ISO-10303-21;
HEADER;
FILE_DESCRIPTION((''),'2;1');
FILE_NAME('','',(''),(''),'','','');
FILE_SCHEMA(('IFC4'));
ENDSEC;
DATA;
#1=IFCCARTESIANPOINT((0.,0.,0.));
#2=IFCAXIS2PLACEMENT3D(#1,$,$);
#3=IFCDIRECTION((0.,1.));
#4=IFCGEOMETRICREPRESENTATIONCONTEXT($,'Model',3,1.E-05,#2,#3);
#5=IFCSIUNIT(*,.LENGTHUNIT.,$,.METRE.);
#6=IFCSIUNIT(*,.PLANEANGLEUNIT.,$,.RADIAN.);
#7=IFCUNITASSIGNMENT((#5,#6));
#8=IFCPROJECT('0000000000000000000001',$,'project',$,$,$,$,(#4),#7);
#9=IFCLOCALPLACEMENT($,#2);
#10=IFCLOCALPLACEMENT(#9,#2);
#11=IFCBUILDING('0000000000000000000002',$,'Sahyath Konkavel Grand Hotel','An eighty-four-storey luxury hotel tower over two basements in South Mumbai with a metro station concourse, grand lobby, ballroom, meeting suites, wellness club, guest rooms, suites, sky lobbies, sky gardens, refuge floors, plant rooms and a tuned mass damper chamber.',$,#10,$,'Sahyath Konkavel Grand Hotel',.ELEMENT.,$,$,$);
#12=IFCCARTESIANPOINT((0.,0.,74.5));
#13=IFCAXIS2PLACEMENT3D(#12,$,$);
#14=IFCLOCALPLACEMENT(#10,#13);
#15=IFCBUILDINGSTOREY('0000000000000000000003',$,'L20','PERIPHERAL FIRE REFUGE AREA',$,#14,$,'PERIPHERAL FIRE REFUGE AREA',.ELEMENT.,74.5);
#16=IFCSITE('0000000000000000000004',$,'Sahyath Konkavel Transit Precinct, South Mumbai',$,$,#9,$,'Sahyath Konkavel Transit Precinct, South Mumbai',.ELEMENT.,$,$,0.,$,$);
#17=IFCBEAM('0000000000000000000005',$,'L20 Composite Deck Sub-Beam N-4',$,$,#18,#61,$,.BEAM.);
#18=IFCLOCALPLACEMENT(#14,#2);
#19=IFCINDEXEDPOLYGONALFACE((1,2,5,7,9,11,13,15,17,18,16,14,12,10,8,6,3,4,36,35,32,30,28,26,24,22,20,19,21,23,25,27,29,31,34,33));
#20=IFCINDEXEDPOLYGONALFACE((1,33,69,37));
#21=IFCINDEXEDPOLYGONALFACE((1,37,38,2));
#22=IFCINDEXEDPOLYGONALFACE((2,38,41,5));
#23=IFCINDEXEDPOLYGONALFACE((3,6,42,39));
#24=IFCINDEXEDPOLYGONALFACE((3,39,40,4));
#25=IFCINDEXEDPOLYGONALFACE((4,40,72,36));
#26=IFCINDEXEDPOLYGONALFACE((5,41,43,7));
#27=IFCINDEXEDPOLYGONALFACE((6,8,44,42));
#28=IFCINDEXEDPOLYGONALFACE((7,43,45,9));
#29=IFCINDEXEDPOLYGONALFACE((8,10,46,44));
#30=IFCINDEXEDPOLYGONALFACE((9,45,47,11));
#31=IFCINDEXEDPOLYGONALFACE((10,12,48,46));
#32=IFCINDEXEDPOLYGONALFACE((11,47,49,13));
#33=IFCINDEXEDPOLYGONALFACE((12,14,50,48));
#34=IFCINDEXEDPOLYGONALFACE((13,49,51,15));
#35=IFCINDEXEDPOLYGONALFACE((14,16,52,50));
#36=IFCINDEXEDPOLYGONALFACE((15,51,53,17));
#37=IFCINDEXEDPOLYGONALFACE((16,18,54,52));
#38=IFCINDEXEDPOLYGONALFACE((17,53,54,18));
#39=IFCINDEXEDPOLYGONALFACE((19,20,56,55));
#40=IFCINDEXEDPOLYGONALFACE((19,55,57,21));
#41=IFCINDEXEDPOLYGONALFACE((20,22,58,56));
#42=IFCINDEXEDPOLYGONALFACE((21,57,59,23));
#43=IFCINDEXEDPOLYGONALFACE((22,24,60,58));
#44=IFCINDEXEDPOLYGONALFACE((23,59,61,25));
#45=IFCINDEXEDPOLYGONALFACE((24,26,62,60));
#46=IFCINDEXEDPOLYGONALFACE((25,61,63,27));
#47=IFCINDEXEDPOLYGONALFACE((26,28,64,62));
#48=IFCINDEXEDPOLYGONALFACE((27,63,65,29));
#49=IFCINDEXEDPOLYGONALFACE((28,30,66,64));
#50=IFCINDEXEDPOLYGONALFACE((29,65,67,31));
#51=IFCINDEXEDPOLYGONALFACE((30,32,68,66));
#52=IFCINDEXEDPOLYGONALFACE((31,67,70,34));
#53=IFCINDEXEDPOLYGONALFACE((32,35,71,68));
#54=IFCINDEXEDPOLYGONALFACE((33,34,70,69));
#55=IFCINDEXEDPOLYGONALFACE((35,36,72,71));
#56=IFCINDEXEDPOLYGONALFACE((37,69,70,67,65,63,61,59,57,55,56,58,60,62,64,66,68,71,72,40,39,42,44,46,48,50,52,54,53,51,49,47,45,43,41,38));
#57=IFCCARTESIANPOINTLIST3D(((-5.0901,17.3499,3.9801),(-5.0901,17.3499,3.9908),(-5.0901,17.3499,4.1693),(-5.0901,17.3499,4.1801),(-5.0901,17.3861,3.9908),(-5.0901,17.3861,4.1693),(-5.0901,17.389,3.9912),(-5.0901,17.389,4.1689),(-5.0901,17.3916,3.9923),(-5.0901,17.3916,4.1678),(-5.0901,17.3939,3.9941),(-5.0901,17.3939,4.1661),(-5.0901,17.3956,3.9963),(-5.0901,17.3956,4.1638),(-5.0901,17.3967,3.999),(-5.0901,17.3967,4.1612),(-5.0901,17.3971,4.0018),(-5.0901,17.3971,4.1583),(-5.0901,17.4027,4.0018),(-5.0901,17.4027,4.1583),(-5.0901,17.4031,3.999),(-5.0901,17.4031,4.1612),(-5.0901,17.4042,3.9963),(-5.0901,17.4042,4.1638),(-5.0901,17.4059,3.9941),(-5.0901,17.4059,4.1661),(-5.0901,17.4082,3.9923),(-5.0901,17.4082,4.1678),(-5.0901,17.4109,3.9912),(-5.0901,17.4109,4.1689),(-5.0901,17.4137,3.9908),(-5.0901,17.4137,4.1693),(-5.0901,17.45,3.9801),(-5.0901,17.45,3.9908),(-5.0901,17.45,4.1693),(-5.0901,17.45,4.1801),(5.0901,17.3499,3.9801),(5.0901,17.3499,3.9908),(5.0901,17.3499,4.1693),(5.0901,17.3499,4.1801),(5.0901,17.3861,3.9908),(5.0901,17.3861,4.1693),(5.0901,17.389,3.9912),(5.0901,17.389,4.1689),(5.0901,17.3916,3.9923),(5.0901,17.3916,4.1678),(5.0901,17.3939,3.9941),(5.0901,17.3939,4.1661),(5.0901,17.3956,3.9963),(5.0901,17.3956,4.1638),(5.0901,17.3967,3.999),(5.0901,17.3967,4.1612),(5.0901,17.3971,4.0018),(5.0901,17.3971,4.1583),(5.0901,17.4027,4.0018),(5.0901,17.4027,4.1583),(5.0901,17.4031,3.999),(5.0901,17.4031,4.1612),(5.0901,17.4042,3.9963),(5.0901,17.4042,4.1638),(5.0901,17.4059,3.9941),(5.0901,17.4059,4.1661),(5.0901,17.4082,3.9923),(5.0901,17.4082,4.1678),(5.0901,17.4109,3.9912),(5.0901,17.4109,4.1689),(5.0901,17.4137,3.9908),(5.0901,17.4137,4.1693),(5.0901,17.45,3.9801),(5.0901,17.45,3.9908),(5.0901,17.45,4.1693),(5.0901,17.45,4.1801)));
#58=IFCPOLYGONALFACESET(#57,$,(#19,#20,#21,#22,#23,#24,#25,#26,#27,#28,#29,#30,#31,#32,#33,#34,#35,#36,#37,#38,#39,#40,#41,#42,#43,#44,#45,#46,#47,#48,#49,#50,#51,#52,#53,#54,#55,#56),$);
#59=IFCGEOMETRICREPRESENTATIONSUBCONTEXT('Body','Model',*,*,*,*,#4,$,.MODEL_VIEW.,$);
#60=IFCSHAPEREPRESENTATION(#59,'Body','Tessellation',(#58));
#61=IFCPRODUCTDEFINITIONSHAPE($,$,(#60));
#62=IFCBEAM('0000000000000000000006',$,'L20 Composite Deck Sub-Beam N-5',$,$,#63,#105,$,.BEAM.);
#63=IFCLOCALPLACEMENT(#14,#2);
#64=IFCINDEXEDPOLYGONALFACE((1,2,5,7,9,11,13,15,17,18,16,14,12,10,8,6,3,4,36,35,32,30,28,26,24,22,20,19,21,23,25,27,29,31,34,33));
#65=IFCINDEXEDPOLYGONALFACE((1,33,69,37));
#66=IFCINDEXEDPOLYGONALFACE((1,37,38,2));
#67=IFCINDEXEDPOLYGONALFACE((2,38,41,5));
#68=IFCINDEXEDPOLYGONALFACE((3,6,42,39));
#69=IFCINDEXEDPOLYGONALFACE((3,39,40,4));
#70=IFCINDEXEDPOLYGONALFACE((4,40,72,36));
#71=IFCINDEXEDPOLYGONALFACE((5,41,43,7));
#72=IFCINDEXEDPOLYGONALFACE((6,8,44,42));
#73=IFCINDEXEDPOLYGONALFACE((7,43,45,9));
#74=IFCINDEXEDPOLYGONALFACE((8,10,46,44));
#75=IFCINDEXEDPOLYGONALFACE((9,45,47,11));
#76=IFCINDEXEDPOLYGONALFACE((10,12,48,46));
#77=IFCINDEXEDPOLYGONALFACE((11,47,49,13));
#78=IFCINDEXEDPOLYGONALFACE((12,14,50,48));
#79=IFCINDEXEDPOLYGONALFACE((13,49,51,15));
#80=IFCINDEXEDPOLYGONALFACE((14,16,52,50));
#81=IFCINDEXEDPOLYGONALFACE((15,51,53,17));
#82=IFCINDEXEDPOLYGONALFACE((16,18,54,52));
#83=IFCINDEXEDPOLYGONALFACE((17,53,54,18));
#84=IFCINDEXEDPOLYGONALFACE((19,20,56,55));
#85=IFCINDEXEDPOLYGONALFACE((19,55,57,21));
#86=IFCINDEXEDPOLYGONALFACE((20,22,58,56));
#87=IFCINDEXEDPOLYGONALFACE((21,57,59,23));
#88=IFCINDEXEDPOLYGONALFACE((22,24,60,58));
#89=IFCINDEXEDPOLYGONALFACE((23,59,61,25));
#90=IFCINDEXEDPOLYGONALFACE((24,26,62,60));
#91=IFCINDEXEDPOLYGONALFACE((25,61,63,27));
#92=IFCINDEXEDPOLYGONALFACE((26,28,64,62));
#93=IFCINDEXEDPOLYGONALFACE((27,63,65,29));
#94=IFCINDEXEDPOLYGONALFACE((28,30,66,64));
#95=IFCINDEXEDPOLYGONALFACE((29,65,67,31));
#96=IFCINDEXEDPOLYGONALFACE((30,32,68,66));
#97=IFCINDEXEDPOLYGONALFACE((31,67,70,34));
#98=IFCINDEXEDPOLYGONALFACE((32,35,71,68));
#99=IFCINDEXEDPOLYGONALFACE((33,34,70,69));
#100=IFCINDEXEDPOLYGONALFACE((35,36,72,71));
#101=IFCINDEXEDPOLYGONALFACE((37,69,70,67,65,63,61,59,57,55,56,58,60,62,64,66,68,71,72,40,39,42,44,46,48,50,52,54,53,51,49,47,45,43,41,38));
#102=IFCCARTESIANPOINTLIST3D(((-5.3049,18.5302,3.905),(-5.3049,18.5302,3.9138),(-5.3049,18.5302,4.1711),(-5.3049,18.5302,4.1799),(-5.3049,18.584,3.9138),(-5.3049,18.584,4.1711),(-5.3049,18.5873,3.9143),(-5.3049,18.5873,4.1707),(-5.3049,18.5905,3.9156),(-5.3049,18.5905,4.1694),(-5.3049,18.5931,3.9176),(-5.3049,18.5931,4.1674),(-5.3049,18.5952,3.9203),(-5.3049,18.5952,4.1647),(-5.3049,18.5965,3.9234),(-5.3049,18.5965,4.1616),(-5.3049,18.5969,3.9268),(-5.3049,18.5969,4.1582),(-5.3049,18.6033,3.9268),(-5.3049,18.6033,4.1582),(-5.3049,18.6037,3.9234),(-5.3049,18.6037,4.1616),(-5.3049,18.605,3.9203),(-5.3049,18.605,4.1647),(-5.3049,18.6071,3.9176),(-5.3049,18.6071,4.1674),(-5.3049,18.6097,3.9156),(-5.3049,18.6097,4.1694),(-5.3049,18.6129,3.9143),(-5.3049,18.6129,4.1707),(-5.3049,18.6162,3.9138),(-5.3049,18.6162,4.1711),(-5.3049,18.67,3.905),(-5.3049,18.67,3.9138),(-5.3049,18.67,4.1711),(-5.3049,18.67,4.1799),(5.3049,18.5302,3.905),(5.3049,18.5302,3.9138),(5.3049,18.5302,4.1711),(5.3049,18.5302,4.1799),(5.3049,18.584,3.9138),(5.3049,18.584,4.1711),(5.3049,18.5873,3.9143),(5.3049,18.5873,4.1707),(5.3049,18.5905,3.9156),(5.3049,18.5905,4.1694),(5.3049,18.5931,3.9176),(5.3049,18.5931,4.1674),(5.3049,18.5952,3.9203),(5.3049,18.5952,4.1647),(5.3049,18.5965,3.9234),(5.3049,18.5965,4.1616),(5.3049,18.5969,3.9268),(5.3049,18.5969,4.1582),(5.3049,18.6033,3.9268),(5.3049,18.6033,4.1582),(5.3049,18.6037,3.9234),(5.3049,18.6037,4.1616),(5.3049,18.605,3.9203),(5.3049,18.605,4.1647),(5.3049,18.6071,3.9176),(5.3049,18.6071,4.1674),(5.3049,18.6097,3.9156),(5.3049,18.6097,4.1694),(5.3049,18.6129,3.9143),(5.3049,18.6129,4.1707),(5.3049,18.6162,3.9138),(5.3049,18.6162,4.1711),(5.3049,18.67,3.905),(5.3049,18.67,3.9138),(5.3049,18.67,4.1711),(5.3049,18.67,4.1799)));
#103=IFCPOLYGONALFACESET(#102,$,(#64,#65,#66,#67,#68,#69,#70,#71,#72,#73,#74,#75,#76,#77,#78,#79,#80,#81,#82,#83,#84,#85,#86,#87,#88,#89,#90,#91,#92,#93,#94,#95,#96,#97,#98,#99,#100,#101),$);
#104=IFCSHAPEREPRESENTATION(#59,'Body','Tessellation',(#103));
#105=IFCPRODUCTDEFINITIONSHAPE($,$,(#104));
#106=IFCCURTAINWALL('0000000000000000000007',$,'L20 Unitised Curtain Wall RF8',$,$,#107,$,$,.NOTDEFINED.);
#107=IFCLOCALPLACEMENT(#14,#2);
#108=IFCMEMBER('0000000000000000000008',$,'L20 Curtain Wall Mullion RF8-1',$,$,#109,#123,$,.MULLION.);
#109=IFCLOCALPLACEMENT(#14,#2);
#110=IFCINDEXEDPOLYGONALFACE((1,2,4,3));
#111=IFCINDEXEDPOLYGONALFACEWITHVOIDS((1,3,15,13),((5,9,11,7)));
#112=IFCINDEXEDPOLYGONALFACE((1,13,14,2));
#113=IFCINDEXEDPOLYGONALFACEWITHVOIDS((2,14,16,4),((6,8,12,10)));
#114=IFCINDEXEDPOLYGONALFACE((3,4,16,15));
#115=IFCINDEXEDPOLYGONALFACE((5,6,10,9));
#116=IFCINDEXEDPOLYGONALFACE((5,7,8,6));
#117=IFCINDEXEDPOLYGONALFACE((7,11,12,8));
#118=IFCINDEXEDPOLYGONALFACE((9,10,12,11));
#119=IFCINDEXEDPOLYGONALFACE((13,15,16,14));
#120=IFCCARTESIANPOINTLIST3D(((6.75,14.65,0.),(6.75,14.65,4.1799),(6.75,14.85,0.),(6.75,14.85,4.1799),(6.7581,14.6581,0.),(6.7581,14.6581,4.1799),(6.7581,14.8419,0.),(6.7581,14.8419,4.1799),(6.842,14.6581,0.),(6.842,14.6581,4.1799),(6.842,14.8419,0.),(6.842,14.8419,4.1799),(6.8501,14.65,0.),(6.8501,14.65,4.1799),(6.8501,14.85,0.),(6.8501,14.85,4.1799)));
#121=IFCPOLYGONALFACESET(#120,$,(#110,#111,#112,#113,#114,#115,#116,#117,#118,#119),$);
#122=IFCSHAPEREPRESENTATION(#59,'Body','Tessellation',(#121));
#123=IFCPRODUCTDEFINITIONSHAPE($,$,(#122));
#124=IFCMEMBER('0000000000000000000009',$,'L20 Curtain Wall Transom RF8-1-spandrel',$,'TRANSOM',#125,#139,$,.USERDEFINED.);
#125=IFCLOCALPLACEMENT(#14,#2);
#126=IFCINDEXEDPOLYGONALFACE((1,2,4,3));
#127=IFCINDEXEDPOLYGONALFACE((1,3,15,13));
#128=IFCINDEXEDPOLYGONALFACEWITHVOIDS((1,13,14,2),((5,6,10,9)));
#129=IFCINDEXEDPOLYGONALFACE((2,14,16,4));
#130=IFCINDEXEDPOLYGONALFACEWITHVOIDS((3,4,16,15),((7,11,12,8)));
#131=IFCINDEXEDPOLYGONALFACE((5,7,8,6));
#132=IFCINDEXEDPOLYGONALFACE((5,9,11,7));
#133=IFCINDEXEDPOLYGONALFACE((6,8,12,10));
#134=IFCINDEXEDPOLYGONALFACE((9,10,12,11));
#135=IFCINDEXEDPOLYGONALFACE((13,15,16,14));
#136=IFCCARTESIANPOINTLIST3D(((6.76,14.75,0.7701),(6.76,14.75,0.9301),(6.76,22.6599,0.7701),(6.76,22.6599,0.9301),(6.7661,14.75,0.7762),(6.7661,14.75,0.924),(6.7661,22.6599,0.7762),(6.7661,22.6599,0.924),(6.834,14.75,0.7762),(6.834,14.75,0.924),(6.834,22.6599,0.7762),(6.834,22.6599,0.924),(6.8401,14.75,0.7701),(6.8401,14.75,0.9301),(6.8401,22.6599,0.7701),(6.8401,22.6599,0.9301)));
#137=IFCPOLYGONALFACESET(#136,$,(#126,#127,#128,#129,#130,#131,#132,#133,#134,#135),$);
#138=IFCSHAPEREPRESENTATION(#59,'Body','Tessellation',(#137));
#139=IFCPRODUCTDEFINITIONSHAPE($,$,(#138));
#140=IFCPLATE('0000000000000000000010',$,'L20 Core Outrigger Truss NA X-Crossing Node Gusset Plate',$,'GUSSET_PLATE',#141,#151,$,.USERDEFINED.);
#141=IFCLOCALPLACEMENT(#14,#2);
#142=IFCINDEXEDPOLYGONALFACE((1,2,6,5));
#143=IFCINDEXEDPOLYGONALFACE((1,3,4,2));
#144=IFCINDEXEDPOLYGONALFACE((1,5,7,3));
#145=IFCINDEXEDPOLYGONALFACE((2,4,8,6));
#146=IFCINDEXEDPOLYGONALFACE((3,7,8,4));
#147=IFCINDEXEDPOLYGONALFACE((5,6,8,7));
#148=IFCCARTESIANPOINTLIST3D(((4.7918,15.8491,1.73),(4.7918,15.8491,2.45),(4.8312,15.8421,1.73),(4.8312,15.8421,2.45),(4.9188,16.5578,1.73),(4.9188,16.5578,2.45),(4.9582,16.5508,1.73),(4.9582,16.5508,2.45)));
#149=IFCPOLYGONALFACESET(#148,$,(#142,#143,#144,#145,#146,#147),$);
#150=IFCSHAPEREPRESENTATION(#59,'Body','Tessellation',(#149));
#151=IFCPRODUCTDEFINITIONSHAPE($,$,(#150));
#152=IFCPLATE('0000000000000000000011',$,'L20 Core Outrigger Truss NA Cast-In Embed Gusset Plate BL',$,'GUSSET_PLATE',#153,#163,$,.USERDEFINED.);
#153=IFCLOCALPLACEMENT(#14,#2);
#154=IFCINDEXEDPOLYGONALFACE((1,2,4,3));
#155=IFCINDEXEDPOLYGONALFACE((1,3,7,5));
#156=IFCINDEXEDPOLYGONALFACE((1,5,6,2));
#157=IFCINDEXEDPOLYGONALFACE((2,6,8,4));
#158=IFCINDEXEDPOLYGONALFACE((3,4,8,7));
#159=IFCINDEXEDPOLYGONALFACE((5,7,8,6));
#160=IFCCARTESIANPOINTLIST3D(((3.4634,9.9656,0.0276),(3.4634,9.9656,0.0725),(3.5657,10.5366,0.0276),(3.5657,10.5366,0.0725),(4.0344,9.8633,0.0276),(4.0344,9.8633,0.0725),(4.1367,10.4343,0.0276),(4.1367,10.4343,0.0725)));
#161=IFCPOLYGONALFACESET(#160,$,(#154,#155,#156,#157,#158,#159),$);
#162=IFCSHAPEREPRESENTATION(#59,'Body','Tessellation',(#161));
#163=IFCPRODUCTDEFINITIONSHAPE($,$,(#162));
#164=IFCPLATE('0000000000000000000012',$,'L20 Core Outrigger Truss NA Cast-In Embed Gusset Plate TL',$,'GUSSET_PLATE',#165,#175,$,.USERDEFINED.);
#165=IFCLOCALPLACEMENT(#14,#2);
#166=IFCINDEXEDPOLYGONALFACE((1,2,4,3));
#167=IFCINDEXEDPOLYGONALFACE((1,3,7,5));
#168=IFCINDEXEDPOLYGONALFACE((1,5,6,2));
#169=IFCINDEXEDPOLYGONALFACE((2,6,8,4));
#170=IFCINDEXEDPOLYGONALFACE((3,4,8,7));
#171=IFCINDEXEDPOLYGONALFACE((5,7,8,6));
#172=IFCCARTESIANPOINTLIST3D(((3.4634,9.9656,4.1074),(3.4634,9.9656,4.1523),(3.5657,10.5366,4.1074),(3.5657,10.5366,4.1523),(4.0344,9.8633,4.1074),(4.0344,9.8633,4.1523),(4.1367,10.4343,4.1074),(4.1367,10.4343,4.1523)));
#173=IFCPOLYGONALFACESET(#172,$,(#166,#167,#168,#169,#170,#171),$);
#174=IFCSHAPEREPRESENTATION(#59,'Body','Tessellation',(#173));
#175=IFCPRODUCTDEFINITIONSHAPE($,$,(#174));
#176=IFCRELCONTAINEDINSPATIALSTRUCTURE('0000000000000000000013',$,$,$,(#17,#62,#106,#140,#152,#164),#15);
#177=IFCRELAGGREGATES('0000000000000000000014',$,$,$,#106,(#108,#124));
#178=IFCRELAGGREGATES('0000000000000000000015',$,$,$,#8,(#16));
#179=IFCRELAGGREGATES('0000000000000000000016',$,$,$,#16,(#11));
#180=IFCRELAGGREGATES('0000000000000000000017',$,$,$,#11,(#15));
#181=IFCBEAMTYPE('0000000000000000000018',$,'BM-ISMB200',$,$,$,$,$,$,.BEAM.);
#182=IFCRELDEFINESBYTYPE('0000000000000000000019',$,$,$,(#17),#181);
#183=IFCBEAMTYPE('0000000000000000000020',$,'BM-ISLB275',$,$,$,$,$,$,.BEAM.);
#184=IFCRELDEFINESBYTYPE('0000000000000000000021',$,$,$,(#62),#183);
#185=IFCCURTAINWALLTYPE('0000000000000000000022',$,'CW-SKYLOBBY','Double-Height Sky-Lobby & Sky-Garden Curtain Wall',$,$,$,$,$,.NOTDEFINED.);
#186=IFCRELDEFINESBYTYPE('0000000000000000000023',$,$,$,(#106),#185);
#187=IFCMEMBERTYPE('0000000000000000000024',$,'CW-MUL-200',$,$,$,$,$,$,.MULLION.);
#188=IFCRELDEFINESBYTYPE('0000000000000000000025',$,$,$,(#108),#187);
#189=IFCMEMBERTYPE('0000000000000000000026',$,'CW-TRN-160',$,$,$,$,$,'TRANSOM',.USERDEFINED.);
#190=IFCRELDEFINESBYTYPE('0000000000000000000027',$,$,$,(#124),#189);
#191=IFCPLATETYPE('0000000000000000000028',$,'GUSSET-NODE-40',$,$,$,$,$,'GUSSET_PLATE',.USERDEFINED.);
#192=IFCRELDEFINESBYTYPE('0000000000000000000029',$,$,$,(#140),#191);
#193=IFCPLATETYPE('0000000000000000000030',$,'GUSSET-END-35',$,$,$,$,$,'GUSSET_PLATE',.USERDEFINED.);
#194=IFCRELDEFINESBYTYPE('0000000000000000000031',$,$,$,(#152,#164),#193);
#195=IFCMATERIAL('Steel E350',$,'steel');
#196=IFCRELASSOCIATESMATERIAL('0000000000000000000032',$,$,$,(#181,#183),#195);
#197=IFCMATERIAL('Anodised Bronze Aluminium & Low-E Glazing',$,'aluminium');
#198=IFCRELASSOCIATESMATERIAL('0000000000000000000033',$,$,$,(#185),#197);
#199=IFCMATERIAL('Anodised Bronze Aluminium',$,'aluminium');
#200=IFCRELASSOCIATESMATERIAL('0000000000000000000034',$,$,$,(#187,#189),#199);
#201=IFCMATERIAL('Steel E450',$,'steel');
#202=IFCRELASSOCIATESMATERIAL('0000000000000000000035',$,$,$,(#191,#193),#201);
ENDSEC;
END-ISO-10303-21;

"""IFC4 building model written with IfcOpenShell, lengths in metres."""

from ifc_helpers import new_model, si_unit, direction, frame, origin, origin_2d, place, context, subcontext, project, spatial, rectangle, hollow_rectangle, i_section, extrude, source, transform, mapped, material, material_profile, profile_set, type_object, element, aggregate, save


model = new_model("IFC4")

# Units and contexts
model_context = context("Model", 3, precision=1e-05, world=origin(), true_north=direction((0.0, 1.0)))
body_context = subcontext(model_context, "Body", "Model", "MODEL_VIEW")
ifc_project = project(units=[si_unit("LENGTHUNIT", "METRE"), si_unit("PLANEANGLEUNIT", "RADIAN")], contexts=[model_context])

# Site, building, storey
site_placement = place(None, origin())
site = spatial("IfcSite", under=ifc_project, at=site_placement, Name="Sahyath Konkavel Transit Precinct, South Mumbai", LongName="Sahyath Konkavel Transit Precinct, South Mumbai", CompositionType="ELEMENT", RefElevation=0.0)
building_placement = place(site_placement, origin())
building = spatial("IfcBuilding", under=site, at=building_placement, Name="Sahyath Konkavel Grand Hotel", Description="An eighty-four-storey luxury hotel tower over two basements in South Mumbai with a metro station concourse, grand lobby, ballroom, meeting suites, wellness club, guest rooms, suites, sky lobbies, sky gardens, refuge floors, plant rooms and a tuned mass damper chamber.", LongName="Sahyath Konkavel Grand Hotel", CompositionType="ELEMENT")
storey_placement = place(building_placement, frame((0.0, 0.0, 74.5)))
storey = spatial("IfcBuildingStorey", under=building, at=storey_placement, Name="L20", Description="PERIPHERAL FIRE REFUGE AREA", LongName="PERIPHERAL FIRE REFUGE AREA", CompositionType="ELEMENT", Elevation=74.5)

# Shared definitions
ifc_material_1 = material(Name="Steel E450", Category="steel")

# Shared definitions
ifc_material_2 = material(Name="Steel E350", Category="steel")

# Beams
ifc_material_profile_1 = material_profile(ifc_material_2, i_section(OverallWidth=0.1001, OverallDepth=0.2, WebThickness=0.0056, FlangeThickness=0.0107, FilletRadius=0.011, at=origin_2d()), Name="ISMB 200")
ifc_profile_set_1 = profile_set([ifc_material_profile_1], Name="Steel E350")
beam_type_1 = type_object("IfcBeamType", Name="BM-ISMB200", PredefinedType="BEAM", material=ifc_profile_set_1)
shared_shape_1 = source(origin(), body_context, "Body", "SweptSolid", [
    extrude(i_section(OverallWidth=0.1001, OverallDepth=0.2, WebThickness=0.0056, FlangeThickness=0.0107, FilletRadius=0.011, at=origin_2d()), origin(), (0.0, 0.0, 1.0), 10.1802),
])
beam_1_placement = place(storey_placement, frame((5.0901, 17.3999, 4.0801), z_axis=(-1.0, 0.0, 0.0), x_axis=(0.0, -1.0, 0.0)))
element("IfcBeam", 1, at=beam_1_placement, inside=storey, type_object=beam_type_1, Name="L20 Composite Deck Sub-Beam N-4", PredefinedType="BEAM", context=body_context, shape_type="MappedRepresentation", body=[
    mapped(shared_shape_1, transform((0.0, 0.0, 0.0), scale=1.0)),
])
ifc_material_profile_2 = material_profile(ifc_material_2, i_section(OverallWidth=0.1399, OverallDepth=0.2749, WebThickness=0.0063, FlangeThickness=0.0088, FilletRadius=0.0129, at=origin_2d()), Name="ISLB 275")
ifc_profile_set_2 = profile_set([ifc_material_profile_2], Name="Steel E350")
beam_type_2 = type_object("IfcBeamType", Name="BM-ISLB275", PredefinedType="BEAM", material=ifc_profile_set_2)
shared_shape_2 = source(origin(), body_context, "Body", "SweptSolid", [
    extrude(i_section(OverallWidth=0.1399, OverallDepth=0.2749, WebThickness=0.0063, FlangeThickness=0.0088, FilletRadius=0.0129, at=origin_2d()), origin(), (0.0, 0.0, 1.0), 10.6099),
])
beam_2_placement = place(storey_placement, frame((5.3049, 18.6001, 4.0425), z_axis=(-1.0, 0.0, 0.0), x_axis=(0.0, -1.0, 0.0)))
element("IfcBeam", 2, at=beam_2_placement, inside=storey, type_object=beam_type_2, Name="L20 Composite Deck Sub-Beam N-5", PredefinedType="BEAM", context=body_context, shape_type="MappedRepresentation", body=[
    mapped(shared_shape_2, transform((0.0, 0.0, 0.0), scale=1.0)),
])

# Curtain wall, members
ifc_material_3 = material(Name="Anodised Bronze Aluminium & Low-E Glazing", Category="aluminium")
curtain_wall_type = type_object("IfcCurtainWallType", Name="CW-SKYLOBBY", Description="Double-Height Sky-Lobby & Sky-Garden Curtain Wall", PredefinedType="NOTDEFINED", material=ifc_material_3)
curtain_wall_placement = place(storey_placement, origin())
curtain_wall = element("IfcCurtainWall", 3, at=curtain_wall_placement, inside=storey, type_object=curtain_wall_type, Name="L20 Unitised Curtain Wall RF8", PredefinedType="NOTDEFINED")
ifc_material_4 = material(Name="Anodised Bronze Aluminium", Category="aluminium")
ifc_material_profile_3 = material_profile(ifc_material_4, hollow_rectangle(XDim=0.1001, YDim=0.2, WallThickness=0.0081, at=origin_2d()), Name="RHS 200x100x8")
ifc_profile_set_3 = profile_set([ifc_material_profile_3], Name="Anodised Bronze Aluminium")
member_type_1 = type_object("IfcMemberType", Name="CW-MUL-200", PredefinedType="MULLION", material=ifc_profile_set_3)
shared_shape_3 = source(origin(), body_context, "Body", "SweptSolid", [
    extrude(hollow_rectangle(XDim=0.1001, YDim=0.2, WallThickness=0.0081, at=origin_2d()), origin(), (0.0, 0.0, 1.0), 4.1799),
])
member_1_placement = place(storey_placement, frame((6.8, 14.75, 0.0), z_axis=(0.0, 0.0, 1.0), x_axis=(1.0, 0.0, 0.0)))
member_1 = element("IfcMember", 4, at=member_1_placement, type_object=member_type_1, Name="L20 Curtain Wall Mullion RF8-1", PredefinedType="MULLION", context=body_context, shape_type="MappedRepresentation", body=[
    mapped(shared_shape_3, transform((0.0, 0.0, 0.0), scale=1.0)),
])
ifc_material_profile_4 = material_profile(ifc_material_4, hollow_rectangle(XDim=0.0801, YDim=0.1599, WallThickness=0.0061, at=origin_2d()), Name="RHS 160x80x6")
ifc_profile_set_4 = profile_set([ifc_material_profile_4], Name="Anodised Bronze Aluminium")
member_type_2 = type_object("IfcMemberType", Name="CW-TRN-160", ElementType="TRANSOM", PredefinedType="USERDEFINED", material=ifc_profile_set_4)
shared_shape_4 = source(origin(), body_context, "Body", "SweptSolid", [
    extrude(hollow_rectangle(XDim=0.0801, YDim=0.1599, WallThickness=0.0061, at=origin_2d()), origin(), (0.0, 0.0, 1.0), 7.9099),
])
member_2_placement = place(storey_placement, frame((6.8, 14.75, 0.8501), z_axis=(0.0, 1.0, 0.0), x_axis=(-1.0, 0.0, 0.0)))
member_2 = element("IfcMember", 5, at=member_2_placement, type_object=member_type_2, Name="L20 Curtain Wall Transom RF8-1-spandrel", ObjectType="TRANSOM", PredefinedType="USERDEFINED", context=body_context, shape_type="MappedRepresentation", body=[
    mapped(shared_shape_4, transform((0.0, 0.0, 0.0), scale=1.0)),
])

# Plates
plate_type_1 = type_object("IfcPlateType", Name="GUSSET-NODE-40", ElementType="GUSSET_PLATE", PredefinedType="USERDEFINED", material=ifc_material_1)
shared_shape_5 = source(origin(), body_context, "Body", "SweptSolid", [
    extrude(rectangle(XDim=0.72, YDim=0.04, at=origin_2d()), origin(), (0.0, 0.0, 1.0), 0.72),
])
plate_1_placement = place(storey_placement, frame((4.875, 16.2, 1.73), z_axis=(0.0, 0.0, 1.0), x_axis=(0.176363, 0.984325, 0.0)))
element("IfcPlate", 6, at=plate_1_placement, inside=storey, type_object=plate_type_1, Name="L20 Core Outrigger Truss NA X-Crossing Node Gusset Plate", ObjectType="GUSSET_PLATE", PredefinedType="USERDEFINED", context=body_context, shape_type="MappedRepresentation", body=[
    mapped(shared_shape_5, transform((0.0, 0.0, 0.0), scale=1.0)),
])
plate_type_2 = type_object("IfcPlateType", Name="GUSSET-END-35", ElementType="GUSSET_PLATE", PredefinedType="USERDEFINED", material=ifc_material_1)
shared_shape_6 = source(origin(), body_context, "Body", "SweptSolid", [
    extrude(rectangle(XDim=0.5801, YDim=0.5801, at=origin_2d()), origin(), (0.0, 0.0, 1.0), 0.0449),
])
for number, where, z_axis, x_axis, name in (
    (7, (3.8, 10.2, 0.0276), (0.0, 0.0, 1.0), (0.176363, 0.984325, 0.0), "L20 Core Outrigger Truss NA Cast-In Embed Gusset Plate BL"),
    (8, (3.8, 10.2, 4.1074), (0.0, 0.0, 1.0), (0.176363, 0.984325, 0.0), "L20 Core Outrigger Truss NA Cast-In Embed Gusset Plate TL"),
):
    element("IfcPlate", number, at=place(storey_placement, frame(where, z_axis=z_axis, x_axis=x_axis)), inside=storey, type_object=plate_type_2, Name=name, ObjectType="GUSSET_PLATE", PredefinedType="USERDEFINED", context=body_context, shape_type="MappedRepresentation", body=[
        mapped(shared_shape_6, transform((0.0, 0.0, 0.0), scale=1.0)),
    ])

aggregate(curtain_wall, [member_1, member_2])

save(model, "model.ifc")
